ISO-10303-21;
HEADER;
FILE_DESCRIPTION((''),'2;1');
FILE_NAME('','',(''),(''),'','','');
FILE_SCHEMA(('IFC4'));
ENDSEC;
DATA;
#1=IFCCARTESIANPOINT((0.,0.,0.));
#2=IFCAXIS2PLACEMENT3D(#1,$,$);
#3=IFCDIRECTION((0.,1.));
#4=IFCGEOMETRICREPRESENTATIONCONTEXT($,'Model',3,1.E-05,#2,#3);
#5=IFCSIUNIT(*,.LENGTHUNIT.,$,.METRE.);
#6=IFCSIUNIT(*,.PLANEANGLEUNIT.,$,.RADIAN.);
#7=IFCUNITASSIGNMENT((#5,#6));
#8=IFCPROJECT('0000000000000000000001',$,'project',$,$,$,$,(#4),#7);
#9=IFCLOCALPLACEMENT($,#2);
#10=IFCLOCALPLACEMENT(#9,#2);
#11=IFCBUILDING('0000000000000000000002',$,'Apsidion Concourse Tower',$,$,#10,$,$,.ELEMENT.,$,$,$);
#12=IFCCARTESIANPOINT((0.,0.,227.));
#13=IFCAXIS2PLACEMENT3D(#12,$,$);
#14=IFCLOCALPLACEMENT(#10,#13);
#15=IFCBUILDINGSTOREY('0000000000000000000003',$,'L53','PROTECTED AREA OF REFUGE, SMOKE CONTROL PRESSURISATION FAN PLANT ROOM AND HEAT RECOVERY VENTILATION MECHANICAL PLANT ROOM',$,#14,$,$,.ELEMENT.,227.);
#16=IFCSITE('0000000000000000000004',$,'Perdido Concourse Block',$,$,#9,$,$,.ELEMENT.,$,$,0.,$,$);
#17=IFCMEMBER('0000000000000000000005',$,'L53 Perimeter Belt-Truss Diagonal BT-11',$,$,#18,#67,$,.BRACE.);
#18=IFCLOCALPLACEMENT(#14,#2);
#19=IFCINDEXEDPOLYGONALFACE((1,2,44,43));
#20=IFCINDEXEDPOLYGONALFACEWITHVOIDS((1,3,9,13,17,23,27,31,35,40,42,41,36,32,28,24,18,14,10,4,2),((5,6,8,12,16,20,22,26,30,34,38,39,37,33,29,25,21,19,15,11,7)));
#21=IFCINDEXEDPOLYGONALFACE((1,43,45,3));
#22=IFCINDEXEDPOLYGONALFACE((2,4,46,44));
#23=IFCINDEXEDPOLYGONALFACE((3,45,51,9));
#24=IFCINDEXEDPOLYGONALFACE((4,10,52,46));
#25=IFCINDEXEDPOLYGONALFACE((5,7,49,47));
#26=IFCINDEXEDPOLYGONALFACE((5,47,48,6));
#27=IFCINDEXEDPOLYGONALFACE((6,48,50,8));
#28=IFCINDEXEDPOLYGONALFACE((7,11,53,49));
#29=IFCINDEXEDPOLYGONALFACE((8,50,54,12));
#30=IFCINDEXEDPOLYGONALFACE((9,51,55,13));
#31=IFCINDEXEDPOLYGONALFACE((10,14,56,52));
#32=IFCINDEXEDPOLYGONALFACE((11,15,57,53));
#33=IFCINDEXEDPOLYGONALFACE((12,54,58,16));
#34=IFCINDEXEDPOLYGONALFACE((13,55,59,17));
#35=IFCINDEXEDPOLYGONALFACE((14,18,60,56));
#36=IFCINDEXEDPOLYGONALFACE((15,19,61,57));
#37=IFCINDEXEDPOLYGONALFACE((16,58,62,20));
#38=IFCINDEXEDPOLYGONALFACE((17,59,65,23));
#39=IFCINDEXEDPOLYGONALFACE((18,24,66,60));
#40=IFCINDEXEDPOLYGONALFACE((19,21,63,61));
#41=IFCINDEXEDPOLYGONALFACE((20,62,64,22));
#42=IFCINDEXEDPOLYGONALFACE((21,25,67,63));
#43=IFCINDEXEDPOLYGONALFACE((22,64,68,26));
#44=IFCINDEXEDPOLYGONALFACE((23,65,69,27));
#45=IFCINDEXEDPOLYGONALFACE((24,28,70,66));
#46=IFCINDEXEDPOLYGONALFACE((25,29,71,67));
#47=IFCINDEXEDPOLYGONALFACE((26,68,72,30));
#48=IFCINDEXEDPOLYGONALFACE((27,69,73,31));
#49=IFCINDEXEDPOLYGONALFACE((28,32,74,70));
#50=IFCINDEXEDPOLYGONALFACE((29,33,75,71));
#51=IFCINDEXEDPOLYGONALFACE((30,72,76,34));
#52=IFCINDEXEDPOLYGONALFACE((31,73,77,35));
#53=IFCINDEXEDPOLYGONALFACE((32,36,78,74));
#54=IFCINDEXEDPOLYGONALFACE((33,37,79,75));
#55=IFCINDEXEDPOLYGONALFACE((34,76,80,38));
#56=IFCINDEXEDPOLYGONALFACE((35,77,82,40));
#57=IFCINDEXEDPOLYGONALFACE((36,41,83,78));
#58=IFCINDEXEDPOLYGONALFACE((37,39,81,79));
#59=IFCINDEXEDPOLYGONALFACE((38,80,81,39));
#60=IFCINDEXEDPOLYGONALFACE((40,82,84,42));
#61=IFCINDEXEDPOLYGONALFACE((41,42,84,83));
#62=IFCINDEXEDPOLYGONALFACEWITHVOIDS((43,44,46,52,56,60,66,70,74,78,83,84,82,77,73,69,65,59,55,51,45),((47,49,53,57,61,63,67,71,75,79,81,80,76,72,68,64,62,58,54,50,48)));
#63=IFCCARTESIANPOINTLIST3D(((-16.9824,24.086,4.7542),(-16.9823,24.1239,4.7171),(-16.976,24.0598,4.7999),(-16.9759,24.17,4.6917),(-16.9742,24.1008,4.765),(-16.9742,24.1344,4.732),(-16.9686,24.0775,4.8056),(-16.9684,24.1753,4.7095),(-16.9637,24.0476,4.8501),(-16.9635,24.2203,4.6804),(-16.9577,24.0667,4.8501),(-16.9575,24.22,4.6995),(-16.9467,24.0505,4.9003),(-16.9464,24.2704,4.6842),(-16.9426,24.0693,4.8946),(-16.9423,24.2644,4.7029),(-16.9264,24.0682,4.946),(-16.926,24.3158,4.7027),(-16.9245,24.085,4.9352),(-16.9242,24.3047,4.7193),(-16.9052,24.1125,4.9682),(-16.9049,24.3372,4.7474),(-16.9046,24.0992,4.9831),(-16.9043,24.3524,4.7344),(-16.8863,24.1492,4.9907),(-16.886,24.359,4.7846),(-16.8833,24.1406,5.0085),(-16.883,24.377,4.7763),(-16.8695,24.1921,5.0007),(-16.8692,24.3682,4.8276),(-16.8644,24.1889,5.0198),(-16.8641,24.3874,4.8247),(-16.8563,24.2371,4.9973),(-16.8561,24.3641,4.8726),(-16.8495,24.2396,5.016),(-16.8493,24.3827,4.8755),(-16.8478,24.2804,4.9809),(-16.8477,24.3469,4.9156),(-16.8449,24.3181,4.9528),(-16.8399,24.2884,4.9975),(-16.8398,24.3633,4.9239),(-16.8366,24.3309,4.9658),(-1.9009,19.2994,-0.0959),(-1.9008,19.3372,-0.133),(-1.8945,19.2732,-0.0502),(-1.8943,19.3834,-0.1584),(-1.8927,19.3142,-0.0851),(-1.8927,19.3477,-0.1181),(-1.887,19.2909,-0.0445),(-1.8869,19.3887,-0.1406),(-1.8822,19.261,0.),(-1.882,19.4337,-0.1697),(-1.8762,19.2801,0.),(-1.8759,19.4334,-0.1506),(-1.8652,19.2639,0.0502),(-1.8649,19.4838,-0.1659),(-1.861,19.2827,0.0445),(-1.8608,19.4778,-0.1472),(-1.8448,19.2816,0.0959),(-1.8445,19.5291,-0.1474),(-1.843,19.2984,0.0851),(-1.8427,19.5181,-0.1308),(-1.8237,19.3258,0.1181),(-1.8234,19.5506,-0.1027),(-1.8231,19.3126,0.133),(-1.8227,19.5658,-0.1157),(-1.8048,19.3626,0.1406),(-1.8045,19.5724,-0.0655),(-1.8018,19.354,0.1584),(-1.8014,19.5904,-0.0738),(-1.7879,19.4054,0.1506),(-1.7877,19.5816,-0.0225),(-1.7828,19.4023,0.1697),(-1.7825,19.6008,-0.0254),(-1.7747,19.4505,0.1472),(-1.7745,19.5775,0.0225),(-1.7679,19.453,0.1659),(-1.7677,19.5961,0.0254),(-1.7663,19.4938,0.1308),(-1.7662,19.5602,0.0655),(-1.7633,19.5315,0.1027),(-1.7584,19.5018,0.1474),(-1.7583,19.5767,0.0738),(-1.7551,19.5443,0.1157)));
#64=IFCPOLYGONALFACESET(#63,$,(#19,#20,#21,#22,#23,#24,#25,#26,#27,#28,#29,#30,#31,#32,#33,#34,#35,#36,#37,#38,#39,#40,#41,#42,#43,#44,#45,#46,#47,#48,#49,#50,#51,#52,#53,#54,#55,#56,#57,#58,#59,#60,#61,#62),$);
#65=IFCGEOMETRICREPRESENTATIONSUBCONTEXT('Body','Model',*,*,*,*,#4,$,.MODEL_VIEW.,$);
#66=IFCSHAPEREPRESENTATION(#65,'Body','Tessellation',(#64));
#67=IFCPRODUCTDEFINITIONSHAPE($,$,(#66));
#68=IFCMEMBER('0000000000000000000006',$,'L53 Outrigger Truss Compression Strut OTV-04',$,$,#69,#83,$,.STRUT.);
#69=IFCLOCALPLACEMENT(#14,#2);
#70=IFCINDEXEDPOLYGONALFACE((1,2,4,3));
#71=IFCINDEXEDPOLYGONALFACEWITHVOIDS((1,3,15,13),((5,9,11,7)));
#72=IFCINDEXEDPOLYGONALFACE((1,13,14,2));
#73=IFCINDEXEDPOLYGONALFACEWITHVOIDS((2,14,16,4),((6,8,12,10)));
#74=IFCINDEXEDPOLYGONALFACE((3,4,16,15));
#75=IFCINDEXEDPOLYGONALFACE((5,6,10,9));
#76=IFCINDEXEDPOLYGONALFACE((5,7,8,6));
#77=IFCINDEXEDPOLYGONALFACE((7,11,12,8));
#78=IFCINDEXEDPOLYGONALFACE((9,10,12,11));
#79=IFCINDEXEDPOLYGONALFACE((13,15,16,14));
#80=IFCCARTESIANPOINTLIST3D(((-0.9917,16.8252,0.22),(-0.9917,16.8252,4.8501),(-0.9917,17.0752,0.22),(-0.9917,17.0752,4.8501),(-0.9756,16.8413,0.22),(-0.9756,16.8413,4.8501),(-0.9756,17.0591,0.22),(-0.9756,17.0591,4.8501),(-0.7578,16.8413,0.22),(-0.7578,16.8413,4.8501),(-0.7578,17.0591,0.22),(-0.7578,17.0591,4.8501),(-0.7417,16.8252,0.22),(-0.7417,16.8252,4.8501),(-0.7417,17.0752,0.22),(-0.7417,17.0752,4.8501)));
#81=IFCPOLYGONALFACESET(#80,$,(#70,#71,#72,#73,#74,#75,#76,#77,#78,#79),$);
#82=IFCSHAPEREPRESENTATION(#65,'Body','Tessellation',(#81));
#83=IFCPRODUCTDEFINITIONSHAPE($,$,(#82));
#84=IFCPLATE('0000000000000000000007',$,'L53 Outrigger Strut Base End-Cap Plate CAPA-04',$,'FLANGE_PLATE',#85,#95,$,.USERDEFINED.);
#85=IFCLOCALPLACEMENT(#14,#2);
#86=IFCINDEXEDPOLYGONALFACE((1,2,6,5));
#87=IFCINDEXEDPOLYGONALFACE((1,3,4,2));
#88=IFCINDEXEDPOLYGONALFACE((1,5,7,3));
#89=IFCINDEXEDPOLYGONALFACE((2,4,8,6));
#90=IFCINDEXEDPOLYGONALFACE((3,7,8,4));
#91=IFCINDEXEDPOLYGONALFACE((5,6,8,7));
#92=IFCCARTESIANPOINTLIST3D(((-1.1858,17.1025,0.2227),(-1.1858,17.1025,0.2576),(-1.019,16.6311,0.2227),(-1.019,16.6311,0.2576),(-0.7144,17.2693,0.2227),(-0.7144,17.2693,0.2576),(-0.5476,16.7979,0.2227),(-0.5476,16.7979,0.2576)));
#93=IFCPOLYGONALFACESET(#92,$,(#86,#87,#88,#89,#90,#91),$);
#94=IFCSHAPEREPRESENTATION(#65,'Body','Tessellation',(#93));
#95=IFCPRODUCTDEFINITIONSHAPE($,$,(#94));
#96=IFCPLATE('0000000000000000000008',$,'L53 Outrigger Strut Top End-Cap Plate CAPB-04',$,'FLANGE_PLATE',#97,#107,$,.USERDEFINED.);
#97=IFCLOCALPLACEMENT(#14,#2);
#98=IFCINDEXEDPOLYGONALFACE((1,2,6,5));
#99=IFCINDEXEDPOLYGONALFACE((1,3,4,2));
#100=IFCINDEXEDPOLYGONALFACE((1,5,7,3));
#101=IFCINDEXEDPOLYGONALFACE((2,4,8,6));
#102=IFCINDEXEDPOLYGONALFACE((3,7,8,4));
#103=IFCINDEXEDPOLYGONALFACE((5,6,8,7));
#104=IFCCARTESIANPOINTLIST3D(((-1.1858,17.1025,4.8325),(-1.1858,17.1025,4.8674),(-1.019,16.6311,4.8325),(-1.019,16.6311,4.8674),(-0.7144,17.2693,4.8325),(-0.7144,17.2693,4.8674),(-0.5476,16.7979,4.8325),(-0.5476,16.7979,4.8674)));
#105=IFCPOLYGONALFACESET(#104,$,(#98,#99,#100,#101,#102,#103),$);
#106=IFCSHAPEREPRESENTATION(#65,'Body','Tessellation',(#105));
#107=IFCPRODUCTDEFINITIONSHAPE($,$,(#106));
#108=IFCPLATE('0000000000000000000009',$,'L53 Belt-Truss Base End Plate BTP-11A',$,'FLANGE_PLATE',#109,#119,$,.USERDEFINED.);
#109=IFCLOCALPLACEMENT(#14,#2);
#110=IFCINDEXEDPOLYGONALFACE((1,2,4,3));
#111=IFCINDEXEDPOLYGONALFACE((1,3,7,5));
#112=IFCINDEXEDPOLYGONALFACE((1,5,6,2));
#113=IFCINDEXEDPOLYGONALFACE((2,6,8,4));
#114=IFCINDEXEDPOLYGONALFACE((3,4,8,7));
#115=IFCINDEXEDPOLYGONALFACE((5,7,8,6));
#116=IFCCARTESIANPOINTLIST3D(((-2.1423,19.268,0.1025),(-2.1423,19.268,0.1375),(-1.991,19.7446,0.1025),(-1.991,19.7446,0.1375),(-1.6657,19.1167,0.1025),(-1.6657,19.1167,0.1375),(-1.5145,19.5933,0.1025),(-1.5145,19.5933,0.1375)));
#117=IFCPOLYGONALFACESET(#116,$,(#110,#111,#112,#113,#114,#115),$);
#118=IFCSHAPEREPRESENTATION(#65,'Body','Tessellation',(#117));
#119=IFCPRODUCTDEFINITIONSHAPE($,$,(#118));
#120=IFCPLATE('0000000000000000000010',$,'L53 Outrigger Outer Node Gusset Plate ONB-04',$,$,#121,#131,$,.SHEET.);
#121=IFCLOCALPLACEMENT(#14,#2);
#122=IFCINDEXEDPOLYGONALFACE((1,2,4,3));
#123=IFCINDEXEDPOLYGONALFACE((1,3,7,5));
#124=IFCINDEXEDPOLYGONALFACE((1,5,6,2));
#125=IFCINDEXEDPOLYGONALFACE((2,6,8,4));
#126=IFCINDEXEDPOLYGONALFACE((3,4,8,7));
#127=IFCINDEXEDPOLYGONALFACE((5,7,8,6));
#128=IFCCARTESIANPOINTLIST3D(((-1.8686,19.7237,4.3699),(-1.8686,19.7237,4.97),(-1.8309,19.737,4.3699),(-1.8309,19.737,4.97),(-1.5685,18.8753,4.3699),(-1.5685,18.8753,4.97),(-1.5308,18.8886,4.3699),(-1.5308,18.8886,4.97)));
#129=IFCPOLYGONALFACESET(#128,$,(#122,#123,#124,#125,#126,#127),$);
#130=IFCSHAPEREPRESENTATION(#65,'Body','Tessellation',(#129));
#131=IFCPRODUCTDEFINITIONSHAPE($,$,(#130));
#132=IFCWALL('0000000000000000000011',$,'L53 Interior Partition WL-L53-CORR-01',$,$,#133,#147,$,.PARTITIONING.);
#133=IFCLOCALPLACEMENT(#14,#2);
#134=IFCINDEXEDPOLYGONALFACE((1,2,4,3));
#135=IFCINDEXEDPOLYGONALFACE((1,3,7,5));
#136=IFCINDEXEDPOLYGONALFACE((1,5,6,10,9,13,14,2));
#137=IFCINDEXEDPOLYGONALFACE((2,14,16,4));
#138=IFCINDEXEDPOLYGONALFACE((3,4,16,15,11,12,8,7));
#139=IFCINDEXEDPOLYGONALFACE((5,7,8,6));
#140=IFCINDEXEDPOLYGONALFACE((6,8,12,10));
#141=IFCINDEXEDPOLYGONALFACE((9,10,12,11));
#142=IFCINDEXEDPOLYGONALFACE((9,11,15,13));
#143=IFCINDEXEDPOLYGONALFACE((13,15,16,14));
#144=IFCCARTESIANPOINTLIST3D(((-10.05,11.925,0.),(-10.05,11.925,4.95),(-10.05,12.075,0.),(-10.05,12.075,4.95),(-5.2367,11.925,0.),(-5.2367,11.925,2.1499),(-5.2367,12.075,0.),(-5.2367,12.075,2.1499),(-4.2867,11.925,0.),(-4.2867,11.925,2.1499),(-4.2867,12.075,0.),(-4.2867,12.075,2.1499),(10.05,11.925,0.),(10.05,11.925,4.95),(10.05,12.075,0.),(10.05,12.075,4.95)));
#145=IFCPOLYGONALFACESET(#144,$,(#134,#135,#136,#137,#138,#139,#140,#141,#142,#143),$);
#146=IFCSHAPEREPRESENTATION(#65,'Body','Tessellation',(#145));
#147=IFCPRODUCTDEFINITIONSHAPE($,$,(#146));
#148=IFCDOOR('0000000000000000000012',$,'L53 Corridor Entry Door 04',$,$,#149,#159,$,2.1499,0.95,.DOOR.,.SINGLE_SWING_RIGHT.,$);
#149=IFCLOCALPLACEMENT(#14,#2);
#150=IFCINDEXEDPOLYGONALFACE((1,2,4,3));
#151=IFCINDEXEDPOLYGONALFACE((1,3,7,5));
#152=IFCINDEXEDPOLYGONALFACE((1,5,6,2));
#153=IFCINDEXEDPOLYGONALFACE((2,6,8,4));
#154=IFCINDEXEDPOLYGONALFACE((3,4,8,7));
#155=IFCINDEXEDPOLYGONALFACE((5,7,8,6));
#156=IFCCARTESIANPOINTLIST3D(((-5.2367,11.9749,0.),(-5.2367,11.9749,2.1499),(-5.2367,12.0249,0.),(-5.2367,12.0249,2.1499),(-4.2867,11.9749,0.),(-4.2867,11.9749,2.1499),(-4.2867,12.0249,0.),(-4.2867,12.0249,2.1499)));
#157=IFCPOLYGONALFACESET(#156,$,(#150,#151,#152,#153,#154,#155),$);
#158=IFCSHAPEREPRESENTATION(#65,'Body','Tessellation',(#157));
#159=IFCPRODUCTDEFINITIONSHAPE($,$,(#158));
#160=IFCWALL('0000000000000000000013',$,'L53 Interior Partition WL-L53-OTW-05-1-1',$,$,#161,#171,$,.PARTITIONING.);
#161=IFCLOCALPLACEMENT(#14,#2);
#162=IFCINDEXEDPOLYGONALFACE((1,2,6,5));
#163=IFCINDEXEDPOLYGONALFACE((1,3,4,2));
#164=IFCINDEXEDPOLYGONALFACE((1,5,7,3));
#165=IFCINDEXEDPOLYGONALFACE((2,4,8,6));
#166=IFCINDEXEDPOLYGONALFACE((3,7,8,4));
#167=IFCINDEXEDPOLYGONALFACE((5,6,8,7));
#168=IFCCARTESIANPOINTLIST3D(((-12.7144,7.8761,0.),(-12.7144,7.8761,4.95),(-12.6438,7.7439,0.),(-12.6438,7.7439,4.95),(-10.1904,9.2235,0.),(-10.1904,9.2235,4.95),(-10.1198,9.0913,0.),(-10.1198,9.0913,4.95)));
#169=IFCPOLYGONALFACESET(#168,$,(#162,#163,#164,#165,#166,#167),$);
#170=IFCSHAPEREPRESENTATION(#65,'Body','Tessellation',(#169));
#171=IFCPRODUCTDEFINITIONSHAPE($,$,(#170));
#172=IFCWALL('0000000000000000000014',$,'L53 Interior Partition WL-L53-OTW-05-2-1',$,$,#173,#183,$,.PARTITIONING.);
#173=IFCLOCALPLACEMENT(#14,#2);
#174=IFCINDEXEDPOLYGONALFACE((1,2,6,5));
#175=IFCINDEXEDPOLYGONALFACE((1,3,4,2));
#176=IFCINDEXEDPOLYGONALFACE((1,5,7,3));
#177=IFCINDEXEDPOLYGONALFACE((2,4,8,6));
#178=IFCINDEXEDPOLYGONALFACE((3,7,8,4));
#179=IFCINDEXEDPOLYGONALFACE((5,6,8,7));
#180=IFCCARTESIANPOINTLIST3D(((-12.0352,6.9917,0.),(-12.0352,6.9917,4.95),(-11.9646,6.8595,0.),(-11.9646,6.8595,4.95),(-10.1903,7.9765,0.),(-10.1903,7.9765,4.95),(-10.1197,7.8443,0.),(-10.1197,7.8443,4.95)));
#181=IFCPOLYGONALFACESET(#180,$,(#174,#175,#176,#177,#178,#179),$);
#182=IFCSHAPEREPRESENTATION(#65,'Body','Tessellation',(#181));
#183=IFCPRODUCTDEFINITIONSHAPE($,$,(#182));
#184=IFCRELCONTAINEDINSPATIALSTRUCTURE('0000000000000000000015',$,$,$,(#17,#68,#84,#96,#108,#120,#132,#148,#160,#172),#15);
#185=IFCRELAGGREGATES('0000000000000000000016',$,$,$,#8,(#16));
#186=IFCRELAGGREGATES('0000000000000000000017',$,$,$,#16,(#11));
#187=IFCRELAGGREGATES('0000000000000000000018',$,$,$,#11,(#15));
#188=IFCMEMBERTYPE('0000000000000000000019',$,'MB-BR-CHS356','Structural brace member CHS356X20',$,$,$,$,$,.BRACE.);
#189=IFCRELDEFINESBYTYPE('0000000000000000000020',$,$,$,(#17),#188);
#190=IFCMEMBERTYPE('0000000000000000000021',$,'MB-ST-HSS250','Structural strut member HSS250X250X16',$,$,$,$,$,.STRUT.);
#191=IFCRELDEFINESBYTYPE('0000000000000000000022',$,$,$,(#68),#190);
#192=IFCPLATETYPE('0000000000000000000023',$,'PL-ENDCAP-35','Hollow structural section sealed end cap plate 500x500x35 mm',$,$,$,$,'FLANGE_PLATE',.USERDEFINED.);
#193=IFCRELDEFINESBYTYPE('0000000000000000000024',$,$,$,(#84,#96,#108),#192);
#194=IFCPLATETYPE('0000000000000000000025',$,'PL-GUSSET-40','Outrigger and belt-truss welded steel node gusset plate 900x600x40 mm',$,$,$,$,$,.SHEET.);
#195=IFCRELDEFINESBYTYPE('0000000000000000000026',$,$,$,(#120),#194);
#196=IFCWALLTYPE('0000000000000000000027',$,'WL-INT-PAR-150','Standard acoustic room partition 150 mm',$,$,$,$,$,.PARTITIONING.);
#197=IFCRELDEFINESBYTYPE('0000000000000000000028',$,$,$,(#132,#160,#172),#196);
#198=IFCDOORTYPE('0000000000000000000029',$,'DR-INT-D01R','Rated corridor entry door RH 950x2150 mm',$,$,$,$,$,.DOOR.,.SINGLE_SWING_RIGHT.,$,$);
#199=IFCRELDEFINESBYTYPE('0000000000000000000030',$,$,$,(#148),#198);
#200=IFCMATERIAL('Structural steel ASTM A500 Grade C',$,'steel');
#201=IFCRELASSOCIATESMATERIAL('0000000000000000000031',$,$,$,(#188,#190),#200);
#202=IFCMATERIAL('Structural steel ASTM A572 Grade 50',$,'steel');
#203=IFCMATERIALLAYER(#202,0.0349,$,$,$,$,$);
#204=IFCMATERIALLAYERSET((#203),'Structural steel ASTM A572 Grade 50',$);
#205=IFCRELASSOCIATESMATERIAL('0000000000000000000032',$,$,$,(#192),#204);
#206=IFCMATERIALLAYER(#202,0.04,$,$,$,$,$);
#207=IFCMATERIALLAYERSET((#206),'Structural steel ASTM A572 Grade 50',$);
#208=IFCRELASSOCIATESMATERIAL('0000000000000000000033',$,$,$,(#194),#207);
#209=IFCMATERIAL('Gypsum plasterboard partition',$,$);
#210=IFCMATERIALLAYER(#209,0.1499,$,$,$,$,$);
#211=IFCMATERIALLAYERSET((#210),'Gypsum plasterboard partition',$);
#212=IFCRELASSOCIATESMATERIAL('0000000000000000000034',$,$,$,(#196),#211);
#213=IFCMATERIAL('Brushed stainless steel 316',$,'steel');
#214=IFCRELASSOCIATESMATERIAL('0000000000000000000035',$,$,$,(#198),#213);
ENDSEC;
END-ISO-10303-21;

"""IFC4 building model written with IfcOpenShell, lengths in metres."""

from ifc_helpers import new_model, si_unit, direction, frame, frame_2d, origin, origin_2d, place, context, subcontext, project, spatial, rectangle, hollow_rectangle, hollow_circle, extrude, material, layer, layer_set, material_profile, profile_set, type_object, element, fill, save


model = new_model("IFC4")

# Units and contexts
model_context = context("Model", 3, precision=1e-05, world=origin(), true_north=direction((0.0, 1.0)))
body_context = subcontext(model_context, "Body", "Model", "MODEL_VIEW")
ifc_project = project(units=[si_unit("LENGTHUNIT", "METRE"), si_unit("PLANEANGLEUNIT", "RADIAN")], contexts=[model_context])

# Site, building, storey
site_placement = place(None, origin())
site = spatial("IfcSite", under=ifc_project, at=site_placement, Name="Perdido Concourse Block", CompositionType="ELEMENT", RefElevation=0.0)
building_placement = place(site_placement, origin())
building = spatial("IfcBuilding", under=site, at=building_placement, Name="Apsidion Concourse Tower", CompositionType="ELEMENT")
storey_placement = place(building_placement, frame((0.0, 0.0, 227.0)))
storey = spatial("IfcBuildingStorey", under=building, at=storey_placement, Name="L53", Description="PROTECTED AREA OF REFUGE, SMOKE CONTROL PRESSURISATION FAN PLANT ROOM AND HEAT RECOVERY VENTILATION MECHANICAL PLANT ROOM", CompositionType="ELEMENT", Elevation=227.0)

# Members
ifc_material_1 = material(Name="Structural steel ASTM A500 Grade C", Category="steel")
ifc_material_profile_1 = material_profile(ifc_material_1, hollow_circle(Radius=0.178, WallThickness=0.02, at=origin_2d()), Name="CHS356X20")
ifc_profile_set_1 = profile_set([ifc_material_profile_1], Name="Structural steel ASTM A500 Grade C")
member_type_1 = type_object("IfcMemberType", Name="MB-BR-CHS356", Description="Structural brace member CHS356X20", PredefinedType="BRACE", material=ifc_profile_set_1)
member_1_placement = place(storey_placement, frame((-1.8284, 19.4307, 0.0), z_axis=(-0.911295, 0.289229, 0.293065), x_axis=(-0.302512, -0.953146, 0.0)))
element("IfcMember", 1, at=member_1_placement, inside=storey, type_object=member_type_1, Name="L53 Perimeter Belt-Truss Diagonal BT-11", PredefinedType="BRACE", context=body_context, shape_type="SweptSolid", body=[
    extrude(hollow_circle(Radius=0.178, WallThickness=0.02, at=origin_2d()), origin(), (0.0, 0.0, 1.0), 16.5496),
])
ifc_material_profile_2 = material_profile(ifc_material_1, hollow_rectangle(XDim=0.25, YDim=0.25, WallThickness=0.0161, at=origin_2d()), Name="HSS250X250X16")
ifc_profile_set_2 = profile_set([ifc_material_profile_2], Name="Structural steel ASTM A500 Grade C")
member_type_2 = type_object("IfcMemberType", Name="MB-ST-HSS250", Description="Structural strut member HSS250X250X16", PredefinedType="STRUT", material=ifc_profile_set_2)
member_2_placement = place(storey_placement, frame((-0.8667, 16.9502, 0.22), z_axis=(0.0, 0.0, 1.0), x_axis=(1.0, 0.0, 0.0)))
element("IfcMember", 2, at=member_2_placement, inside=storey, type_object=member_type_2, Name="L53 Outrigger Truss Compression Strut OTV-04", PredefinedType="STRUT", context=body_context, shape_type="SweptSolid", body=[
    extrude(hollow_rectangle(XDim=0.25, YDim=0.25, WallThickness=0.0161, at=origin_2d()), origin(), (0.0, 0.0, 1.0), 4.6301),
])

# Plates
ifc_material_2 = material(Name="Structural steel ASTM A572 Grade 50", Category="steel")
ifc_layer_1 = layer(ifc_material_2, 0.0349)
ifc_layer_set_1 = layer_set([ifc_layer_1], Name="Structural steel ASTM A572 Grade 50")
plate_type_1 = type_object("IfcPlateType", Name="PL-ENDCAP-35", Description="Hollow structural section sealed end cap plate 500x500x35 mm", ElementType="FLANGE_PLATE", PredefinedType="USERDEFINED", material=ifc_layer_set_1)
for number, where, z_axis, x_axis, name in (
    (3, (-0.8667, 16.9502, 0.2227), (0.0, 0.0, 1.0), (-0.333478, 0.942758, 0.0), "L53 Outrigger Strut Base End-Cap Plate CAPA-04"),
    (4, (-0.8667, 16.9502, 4.8325), (0.0, 0.0, 1.0), (-0.333478, 0.942758, 0.0), "L53 Outrigger Strut Top End-Cap Plate CAPB-04"),
    (5, (-1.8284, 19.4307, 0.1025), (0.0, 0.0, 1.0), (-0.953138, 0.302536, 0.0), "L53 Belt-Truss Base End Plate BTP-11A"),
):
    element("IfcPlate", number, at=place(storey_placement, frame(where, z_axis=z_axis, x_axis=x_axis)), inside=storey, type_object=plate_type_1, Name=name, ObjectType="FLANGE_PLATE", PredefinedType="USERDEFINED", context=body_context, shape_type="SweptSolid", body=[
        extrude(rectangle(XDim=0.5, YDim=0.5, at=origin_2d()), origin(), (0.0, 0.0, 1.0), 0.0349),
    ])
ifc_layer_2 = layer(ifc_material_2, 0.04)
ifc_layer_set_2 = layer_set([ifc_layer_2], Name="Structural steel ASTM A572 Grade 50")
plate_type_2 = type_object("IfcPlateType", Name="PL-GUSSET-40", Description="Outrigger and belt-truss welded steel node gusset plate 900x600x40 mm", PredefinedType="SHEET", material=ifc_layer_set_2)
plate_placement = place(storey_placement, frame((-1.6997, 19.3062, 4.3699), z_axis=(0.0, 0.0, 1.0), x_axis=(-0.333478, 0.942758, 0.0)))
element("IfcPlate", 6, at=plate_placement, inside=storey, type_object=plate_type_2, Name="L53 Outrigger Outer Node Gusset Plate ONB-04", PredefinedType="SHEET", context=body_context, shape_type="SweptSolid", body=[
    extrude(rectangle(XDim=0.8999, YDim=0.04, at=origin_2d()), origin(), (0.0, 0.0, 1.0), 0.6001),
])

# Wall, opening, door
ifc_material_3 = material(Name="Gypsum plasterboard partition")
ifc_layer_3 = layer(ifc_material_3, 0.1499)
ifc_layer_set_3 = layer_set([ifc_layer_3], Name="Gypsum plasterboard partition")
wall_type_1 = type_object("IfcWallType", Name="WL-INT-PAR-150", Description="Standard acoustic room partition 150 mm", PredefinedType="PARTITIONING", material=ifc_layer_set_3)
wall_1_placement = place(storey_placement, frame((-10.05, 12.0, 0.0), z_axis=(0.0, 0.0, 1.0), x_axis=(1.0, 0.0, 0.0)))
wall_1 = element("IfcWall", 7, at=wall_1_placement, inside=storey, type_object=wall_type_1, Name="L53 Interior Partition WL-L53-CORR-01", PredefinedType="PARTITIONING", context=body_context, shape_type="SweptSolid", body=[
    extrude(rectangle(XDim=20.1001, YDim=0.1499, at=frame_2d((10.05, 0.0))), origin(), (0.0, 0.0, 1.0), 4.95),
])
opening_1_placement = place(wall_1_placement, frame((4.8132, 0.0, 0.0)))
opening_1 = element("IfcOpeningElement", 8, at=opening_1_placement, cuts=wall_1, PredefinedType="OPENING", context=body_context, shape_type="SweptSolid", body=[
    extrude(rectangle(XDim=0.95, YDim=2.1499, at=frame_2d((0.4751, 1.075))), frame((0.0, 0.085, 0.0), z_axis=(0.0, -1.0, 0.0), x_axis=(1.0, 0.0, 0.0)), (0.0, 0.0, 1.0), 0.1699),
])
ifc_material_4 = material(Name="Brushed stainless steel 316", Category="steel")
door_type_1 = type_object("IfcDoorType", Name="DR-INT-D01R", Description="Rated corridor entry door RH 950x2150 mm", OperationType="SINGLE_SWING_RIGHT", PredefinedType="DOOR", material=ifc_material_4)
door_1_placement = place(opening_1_placement, origin())
door_1 = element("IfcDoor", 9, at=door_1_placement, inside=storey, type_object=door_type_1, Name="L53 Corridor Entry Door 04", OperationType="SINGLE_SWING_RIGHT", OverallHeight=2.1499, OverallWidth=0.95, PredefinedType="DOOR", context=body_context, shape_type="SweptSolid", body=[
    extrude(rectangle(XDim=0.95, YDim=2.1499, at=frame_2d((0.4751, 1.075))), frame((0.0, 0.0249, 0.0), z_axis=(0.0, -1.0, 0.0), x_axis=(1.0, 0.0, 0.0)), (0.0, 0.0, 1.0), 0.05),
])
fill(opening_1, door_1)

# Walls
wall_2_placement = place(storey_placement, frame((-10.155, 9.1575, 0.0), z_axis=(0.0, 0.0, 1.0), x_axis=(-0.882162, -0.470947, 0.0)))
element("IfcWall", 10, at=wall_2_placement, inside=storey, type_object=wall_type_1, Name="L53 Interior Partition WL-L53-OTW-05-1-1", PredefinedType="PARTITIONING", context=body_context, shape_type="SweptSolid", body=[
    extrude(rectangle(XDim=2.8611, YDim=0.1499, at=frame_2d((1.4307, 0.0))), origin(), (0.0, 0.0, 1.0), 4.95),
])
wall_3_placement = place(storey_placement, frame((-10.155, 7.9104, 0.0), z_axis=(0.0, 0.0, 1.0), x_axis=(-0.882178, -0.470915, 0.0)))
element("IfcWall", 11, at=wall_3_placement, inside=storey, type_object=wall_type_1, Name="L53 Interior Partition WL-L53-OTW-05-2-1", PredefinedType="PARTITIONING", context=body_context, shape_type="SweptSolid", body=[
    extrude(rectangle(XDim=2.0913, YDim=0.1499, at=frame_2d((1.0457, 0.0))), origin(), (0.0, 0.0, 1.0), 4.95),
])

save(model, "model.ifc")
